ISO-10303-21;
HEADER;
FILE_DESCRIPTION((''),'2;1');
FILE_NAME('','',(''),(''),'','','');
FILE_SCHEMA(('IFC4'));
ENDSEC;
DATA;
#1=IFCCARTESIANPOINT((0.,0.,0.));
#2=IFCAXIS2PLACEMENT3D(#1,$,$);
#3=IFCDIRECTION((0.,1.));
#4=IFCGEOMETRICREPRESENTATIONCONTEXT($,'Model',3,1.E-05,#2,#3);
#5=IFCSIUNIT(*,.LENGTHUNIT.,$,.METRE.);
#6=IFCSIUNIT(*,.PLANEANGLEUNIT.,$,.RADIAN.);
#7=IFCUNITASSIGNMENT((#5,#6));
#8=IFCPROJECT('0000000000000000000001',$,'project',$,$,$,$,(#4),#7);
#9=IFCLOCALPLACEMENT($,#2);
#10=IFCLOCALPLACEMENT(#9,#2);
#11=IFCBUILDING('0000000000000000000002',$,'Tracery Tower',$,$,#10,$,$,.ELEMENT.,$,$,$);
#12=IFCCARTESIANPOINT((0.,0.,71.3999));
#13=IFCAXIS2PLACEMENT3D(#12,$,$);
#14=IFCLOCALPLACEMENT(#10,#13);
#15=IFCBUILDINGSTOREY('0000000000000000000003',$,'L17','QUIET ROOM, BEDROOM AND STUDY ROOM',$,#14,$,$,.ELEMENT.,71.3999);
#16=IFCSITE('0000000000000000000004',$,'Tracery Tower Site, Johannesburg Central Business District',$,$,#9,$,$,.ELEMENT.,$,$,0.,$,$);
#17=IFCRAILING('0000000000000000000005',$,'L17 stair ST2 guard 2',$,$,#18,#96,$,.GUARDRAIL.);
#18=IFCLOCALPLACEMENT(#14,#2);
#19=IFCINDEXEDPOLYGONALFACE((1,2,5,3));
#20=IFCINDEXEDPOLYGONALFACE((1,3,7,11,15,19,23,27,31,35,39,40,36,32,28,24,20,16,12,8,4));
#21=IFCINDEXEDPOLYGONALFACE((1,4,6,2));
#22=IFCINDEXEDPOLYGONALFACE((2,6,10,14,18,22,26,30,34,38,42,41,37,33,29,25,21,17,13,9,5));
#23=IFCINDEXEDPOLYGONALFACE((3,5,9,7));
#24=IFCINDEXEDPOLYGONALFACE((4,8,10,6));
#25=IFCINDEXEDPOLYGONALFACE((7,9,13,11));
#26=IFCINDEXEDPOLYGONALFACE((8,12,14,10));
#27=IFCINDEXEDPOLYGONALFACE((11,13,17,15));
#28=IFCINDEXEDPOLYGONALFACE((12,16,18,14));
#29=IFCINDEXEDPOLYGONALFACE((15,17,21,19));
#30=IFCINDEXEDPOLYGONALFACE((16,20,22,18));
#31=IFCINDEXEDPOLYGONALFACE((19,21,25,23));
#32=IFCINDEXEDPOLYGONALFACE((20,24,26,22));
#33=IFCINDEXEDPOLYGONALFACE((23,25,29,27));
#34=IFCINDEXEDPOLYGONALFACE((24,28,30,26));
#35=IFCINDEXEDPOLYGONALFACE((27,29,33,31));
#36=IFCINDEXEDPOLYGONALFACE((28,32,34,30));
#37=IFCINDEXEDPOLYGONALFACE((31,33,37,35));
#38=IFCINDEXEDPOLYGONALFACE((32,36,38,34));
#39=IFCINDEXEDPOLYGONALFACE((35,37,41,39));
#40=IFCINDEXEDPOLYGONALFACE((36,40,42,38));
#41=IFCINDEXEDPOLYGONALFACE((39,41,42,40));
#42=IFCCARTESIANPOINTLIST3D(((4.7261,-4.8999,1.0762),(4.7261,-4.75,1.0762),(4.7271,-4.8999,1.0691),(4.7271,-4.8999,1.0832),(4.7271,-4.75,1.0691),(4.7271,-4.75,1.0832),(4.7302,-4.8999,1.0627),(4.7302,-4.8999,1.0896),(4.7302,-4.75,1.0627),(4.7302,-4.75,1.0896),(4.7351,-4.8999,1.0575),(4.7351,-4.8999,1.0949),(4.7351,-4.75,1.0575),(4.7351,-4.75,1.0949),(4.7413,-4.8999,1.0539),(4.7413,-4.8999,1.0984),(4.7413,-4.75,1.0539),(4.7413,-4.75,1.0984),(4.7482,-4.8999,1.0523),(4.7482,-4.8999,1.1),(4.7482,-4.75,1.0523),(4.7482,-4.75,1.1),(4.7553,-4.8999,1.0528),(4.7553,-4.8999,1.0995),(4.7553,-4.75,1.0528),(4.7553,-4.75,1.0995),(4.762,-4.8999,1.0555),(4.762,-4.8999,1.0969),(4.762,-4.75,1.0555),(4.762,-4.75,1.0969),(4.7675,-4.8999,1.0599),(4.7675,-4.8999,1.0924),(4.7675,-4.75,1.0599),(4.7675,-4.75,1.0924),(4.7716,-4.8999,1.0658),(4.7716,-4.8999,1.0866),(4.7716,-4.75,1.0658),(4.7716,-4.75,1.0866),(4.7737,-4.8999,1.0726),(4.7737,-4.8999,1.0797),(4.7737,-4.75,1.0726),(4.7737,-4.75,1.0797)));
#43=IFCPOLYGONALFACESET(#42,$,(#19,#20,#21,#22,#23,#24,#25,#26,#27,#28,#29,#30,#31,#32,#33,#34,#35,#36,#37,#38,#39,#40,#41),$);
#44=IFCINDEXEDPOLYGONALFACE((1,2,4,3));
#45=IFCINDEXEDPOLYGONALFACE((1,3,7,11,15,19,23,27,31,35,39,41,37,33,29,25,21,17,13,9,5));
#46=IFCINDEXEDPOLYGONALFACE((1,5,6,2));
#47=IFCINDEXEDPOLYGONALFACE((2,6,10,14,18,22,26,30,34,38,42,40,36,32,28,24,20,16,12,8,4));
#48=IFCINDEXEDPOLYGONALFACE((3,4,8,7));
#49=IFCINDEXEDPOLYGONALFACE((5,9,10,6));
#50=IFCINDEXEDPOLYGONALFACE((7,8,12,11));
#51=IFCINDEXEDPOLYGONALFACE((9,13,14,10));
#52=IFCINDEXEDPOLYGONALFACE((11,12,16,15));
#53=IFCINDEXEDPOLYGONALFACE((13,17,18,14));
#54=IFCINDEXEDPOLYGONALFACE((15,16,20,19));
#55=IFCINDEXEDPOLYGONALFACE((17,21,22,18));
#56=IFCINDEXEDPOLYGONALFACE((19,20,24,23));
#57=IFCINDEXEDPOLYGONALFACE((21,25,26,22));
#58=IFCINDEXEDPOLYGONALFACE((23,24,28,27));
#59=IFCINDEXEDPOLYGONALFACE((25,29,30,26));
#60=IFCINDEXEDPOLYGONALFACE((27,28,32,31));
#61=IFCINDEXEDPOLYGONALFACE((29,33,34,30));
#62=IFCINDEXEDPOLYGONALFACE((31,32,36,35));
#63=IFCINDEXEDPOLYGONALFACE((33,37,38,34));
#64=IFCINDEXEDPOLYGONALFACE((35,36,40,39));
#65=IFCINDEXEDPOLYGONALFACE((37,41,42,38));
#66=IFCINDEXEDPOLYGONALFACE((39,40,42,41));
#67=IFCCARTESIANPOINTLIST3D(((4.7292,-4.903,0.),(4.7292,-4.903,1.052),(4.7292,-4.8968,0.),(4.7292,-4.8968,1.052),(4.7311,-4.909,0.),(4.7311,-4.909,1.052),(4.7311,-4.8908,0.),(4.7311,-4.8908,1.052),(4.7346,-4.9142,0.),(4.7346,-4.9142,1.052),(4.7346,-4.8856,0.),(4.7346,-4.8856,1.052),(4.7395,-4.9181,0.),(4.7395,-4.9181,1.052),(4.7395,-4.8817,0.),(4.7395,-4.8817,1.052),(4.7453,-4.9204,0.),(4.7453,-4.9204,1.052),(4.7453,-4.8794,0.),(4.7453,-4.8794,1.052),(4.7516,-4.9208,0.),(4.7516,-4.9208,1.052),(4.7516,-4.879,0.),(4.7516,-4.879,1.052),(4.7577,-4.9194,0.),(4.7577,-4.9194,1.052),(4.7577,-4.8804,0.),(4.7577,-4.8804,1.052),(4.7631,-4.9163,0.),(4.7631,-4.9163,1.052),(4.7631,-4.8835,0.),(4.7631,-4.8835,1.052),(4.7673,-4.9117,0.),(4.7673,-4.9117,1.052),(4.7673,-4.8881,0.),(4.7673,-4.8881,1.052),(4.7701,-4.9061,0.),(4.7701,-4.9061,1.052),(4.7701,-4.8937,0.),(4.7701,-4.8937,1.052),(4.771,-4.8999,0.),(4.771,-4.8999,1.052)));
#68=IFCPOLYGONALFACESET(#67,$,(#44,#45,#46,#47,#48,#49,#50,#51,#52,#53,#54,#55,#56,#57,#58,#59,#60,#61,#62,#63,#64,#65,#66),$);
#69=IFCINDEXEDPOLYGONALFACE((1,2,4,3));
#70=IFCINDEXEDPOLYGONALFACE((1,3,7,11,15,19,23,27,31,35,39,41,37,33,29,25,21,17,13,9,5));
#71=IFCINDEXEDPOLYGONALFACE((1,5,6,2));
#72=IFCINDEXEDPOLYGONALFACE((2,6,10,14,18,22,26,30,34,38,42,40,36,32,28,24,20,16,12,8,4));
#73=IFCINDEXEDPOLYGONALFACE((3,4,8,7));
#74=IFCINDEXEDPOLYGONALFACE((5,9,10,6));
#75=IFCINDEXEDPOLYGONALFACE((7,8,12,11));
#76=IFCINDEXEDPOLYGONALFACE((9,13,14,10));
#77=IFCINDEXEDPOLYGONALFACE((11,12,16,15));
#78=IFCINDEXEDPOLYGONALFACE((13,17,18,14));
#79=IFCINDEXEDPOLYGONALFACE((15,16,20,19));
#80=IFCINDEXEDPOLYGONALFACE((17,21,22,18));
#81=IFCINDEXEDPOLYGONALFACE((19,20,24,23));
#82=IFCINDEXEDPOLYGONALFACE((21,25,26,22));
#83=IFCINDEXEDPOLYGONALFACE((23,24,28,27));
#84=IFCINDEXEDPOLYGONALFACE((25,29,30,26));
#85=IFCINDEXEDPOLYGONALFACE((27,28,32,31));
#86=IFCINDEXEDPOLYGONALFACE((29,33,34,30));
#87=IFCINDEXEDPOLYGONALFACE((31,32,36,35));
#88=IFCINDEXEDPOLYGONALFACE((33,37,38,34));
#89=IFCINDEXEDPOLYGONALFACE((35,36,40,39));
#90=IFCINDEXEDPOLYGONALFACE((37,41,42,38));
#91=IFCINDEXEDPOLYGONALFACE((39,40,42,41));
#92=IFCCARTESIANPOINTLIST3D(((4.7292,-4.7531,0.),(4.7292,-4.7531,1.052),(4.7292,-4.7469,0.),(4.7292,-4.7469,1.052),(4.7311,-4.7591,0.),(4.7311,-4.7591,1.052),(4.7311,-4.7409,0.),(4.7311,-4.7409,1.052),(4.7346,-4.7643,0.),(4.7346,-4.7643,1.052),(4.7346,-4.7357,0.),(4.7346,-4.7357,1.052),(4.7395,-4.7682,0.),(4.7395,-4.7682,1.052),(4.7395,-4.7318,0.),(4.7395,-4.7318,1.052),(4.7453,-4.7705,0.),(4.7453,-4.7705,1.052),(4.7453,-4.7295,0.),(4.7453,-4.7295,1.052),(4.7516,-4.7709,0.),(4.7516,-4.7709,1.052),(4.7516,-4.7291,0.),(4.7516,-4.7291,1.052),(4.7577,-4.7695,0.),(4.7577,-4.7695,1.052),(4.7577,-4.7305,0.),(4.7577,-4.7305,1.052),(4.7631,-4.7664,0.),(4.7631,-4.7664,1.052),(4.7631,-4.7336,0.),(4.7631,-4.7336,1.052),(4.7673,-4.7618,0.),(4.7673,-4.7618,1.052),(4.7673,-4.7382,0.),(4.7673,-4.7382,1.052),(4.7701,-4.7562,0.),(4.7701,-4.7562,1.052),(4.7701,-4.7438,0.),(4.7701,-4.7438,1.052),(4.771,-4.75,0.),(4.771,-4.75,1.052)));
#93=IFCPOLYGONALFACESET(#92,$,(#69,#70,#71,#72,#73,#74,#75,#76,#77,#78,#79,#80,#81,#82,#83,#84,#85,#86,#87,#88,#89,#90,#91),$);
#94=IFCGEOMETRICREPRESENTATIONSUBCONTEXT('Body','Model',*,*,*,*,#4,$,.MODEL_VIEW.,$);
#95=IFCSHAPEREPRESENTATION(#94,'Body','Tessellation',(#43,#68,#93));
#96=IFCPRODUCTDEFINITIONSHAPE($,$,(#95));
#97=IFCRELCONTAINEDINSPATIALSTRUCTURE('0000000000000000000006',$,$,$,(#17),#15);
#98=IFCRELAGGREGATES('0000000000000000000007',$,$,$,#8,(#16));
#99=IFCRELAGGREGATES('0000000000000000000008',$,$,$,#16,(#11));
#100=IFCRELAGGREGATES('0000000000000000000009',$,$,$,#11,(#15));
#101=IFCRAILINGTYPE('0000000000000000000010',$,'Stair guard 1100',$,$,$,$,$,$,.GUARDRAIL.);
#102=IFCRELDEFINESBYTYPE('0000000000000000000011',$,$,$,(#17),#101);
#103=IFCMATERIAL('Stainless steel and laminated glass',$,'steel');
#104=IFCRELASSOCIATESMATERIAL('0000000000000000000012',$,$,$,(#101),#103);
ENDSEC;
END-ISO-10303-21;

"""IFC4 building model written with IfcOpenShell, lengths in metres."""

from ifc_helpers import new_model, si_unit, direction, frame, origin, origin_2d, place, context, subcontext, project, spatial, circle, extrude, material, type_object, element, save


model = new_model("IFC4")

# Units and contexts
model_context = context("Model", 3, precision=1e-05, world=origin(), true_north=direction((0.0, 1.0)))
body_context = subcontext(model_context, "Body", "Model", "MODEL_VIEW")
ifc_project = project(units=[si_unit("LENGTHUNIT", "METRE"), si_unit("PLANEANGLEUNIT", "RADIAN")], contexts=[model_context])

# Site, building, storey
site_placement = place(None, origin())
site = spatial("IfcSite", under=ifc_project, at=site_placement, Name="Tracery Tower Site, Johannesburg Central Business District", CompositionType="ELEMENT", RefElevation=0.0)
building_placement = place(site_placement, origin())
building = spatial("IfcBuilding", under=site, at=building_placement, Name="Tracery Tower", CompositionType="ELEMENT")
storey_placement = place(building_placement, frame((0.0, 0.0, 71.3999)))
storey = spatial("IfcBuildingStorey", under=building, at=storey_placement, Name="L17", Description="QUIET ROOM, BEDROOM AND STUDY ROOM", CompositionType="ELEMENT", Elevation=71.3999)

# Railing
ifc_material_1 = material(Name="Stainless steel and laminated glass", Category="steel")
railing_type_1 = type_object("IfcRailingType", Name="Stair guard 1100", PredefinedType="GUARDRAIL", material=ifc_material_1)
railing_1_placement = place(storey_placement, frame((4.75, -4.8999, 0.0)))
element("IfcRailing", 1, at=railing_1_placement, inside=storey, type_object=railing_type_1, Name="L17 stair ST2 guard 2", PredefinedType="GUARDRAIL", context=body_context, shape_type="SweptSolid", body=[
    extrude(circle(Radius=0.0239, at=origin_2d()), frame((0.0, 0.0, 1.0762), z_axis=(0.0, 1.0, 0.0), x_axis=(-1.0, 0.0, 0.0)), (0.0, 0.0, 1.0), 0.1499),
    extrude(circle(Radius=0.021, at=origin_2d()), origin(), (0.0, 0.0, 1.0), 1.052),
    extrude(circle(Radius=0.021, at=origin_2d()), frame((0.0, 0.1499, 0.0)), (0.0, 0.0, 1.0), 1.052),
])

save(model, "model.ifc")
